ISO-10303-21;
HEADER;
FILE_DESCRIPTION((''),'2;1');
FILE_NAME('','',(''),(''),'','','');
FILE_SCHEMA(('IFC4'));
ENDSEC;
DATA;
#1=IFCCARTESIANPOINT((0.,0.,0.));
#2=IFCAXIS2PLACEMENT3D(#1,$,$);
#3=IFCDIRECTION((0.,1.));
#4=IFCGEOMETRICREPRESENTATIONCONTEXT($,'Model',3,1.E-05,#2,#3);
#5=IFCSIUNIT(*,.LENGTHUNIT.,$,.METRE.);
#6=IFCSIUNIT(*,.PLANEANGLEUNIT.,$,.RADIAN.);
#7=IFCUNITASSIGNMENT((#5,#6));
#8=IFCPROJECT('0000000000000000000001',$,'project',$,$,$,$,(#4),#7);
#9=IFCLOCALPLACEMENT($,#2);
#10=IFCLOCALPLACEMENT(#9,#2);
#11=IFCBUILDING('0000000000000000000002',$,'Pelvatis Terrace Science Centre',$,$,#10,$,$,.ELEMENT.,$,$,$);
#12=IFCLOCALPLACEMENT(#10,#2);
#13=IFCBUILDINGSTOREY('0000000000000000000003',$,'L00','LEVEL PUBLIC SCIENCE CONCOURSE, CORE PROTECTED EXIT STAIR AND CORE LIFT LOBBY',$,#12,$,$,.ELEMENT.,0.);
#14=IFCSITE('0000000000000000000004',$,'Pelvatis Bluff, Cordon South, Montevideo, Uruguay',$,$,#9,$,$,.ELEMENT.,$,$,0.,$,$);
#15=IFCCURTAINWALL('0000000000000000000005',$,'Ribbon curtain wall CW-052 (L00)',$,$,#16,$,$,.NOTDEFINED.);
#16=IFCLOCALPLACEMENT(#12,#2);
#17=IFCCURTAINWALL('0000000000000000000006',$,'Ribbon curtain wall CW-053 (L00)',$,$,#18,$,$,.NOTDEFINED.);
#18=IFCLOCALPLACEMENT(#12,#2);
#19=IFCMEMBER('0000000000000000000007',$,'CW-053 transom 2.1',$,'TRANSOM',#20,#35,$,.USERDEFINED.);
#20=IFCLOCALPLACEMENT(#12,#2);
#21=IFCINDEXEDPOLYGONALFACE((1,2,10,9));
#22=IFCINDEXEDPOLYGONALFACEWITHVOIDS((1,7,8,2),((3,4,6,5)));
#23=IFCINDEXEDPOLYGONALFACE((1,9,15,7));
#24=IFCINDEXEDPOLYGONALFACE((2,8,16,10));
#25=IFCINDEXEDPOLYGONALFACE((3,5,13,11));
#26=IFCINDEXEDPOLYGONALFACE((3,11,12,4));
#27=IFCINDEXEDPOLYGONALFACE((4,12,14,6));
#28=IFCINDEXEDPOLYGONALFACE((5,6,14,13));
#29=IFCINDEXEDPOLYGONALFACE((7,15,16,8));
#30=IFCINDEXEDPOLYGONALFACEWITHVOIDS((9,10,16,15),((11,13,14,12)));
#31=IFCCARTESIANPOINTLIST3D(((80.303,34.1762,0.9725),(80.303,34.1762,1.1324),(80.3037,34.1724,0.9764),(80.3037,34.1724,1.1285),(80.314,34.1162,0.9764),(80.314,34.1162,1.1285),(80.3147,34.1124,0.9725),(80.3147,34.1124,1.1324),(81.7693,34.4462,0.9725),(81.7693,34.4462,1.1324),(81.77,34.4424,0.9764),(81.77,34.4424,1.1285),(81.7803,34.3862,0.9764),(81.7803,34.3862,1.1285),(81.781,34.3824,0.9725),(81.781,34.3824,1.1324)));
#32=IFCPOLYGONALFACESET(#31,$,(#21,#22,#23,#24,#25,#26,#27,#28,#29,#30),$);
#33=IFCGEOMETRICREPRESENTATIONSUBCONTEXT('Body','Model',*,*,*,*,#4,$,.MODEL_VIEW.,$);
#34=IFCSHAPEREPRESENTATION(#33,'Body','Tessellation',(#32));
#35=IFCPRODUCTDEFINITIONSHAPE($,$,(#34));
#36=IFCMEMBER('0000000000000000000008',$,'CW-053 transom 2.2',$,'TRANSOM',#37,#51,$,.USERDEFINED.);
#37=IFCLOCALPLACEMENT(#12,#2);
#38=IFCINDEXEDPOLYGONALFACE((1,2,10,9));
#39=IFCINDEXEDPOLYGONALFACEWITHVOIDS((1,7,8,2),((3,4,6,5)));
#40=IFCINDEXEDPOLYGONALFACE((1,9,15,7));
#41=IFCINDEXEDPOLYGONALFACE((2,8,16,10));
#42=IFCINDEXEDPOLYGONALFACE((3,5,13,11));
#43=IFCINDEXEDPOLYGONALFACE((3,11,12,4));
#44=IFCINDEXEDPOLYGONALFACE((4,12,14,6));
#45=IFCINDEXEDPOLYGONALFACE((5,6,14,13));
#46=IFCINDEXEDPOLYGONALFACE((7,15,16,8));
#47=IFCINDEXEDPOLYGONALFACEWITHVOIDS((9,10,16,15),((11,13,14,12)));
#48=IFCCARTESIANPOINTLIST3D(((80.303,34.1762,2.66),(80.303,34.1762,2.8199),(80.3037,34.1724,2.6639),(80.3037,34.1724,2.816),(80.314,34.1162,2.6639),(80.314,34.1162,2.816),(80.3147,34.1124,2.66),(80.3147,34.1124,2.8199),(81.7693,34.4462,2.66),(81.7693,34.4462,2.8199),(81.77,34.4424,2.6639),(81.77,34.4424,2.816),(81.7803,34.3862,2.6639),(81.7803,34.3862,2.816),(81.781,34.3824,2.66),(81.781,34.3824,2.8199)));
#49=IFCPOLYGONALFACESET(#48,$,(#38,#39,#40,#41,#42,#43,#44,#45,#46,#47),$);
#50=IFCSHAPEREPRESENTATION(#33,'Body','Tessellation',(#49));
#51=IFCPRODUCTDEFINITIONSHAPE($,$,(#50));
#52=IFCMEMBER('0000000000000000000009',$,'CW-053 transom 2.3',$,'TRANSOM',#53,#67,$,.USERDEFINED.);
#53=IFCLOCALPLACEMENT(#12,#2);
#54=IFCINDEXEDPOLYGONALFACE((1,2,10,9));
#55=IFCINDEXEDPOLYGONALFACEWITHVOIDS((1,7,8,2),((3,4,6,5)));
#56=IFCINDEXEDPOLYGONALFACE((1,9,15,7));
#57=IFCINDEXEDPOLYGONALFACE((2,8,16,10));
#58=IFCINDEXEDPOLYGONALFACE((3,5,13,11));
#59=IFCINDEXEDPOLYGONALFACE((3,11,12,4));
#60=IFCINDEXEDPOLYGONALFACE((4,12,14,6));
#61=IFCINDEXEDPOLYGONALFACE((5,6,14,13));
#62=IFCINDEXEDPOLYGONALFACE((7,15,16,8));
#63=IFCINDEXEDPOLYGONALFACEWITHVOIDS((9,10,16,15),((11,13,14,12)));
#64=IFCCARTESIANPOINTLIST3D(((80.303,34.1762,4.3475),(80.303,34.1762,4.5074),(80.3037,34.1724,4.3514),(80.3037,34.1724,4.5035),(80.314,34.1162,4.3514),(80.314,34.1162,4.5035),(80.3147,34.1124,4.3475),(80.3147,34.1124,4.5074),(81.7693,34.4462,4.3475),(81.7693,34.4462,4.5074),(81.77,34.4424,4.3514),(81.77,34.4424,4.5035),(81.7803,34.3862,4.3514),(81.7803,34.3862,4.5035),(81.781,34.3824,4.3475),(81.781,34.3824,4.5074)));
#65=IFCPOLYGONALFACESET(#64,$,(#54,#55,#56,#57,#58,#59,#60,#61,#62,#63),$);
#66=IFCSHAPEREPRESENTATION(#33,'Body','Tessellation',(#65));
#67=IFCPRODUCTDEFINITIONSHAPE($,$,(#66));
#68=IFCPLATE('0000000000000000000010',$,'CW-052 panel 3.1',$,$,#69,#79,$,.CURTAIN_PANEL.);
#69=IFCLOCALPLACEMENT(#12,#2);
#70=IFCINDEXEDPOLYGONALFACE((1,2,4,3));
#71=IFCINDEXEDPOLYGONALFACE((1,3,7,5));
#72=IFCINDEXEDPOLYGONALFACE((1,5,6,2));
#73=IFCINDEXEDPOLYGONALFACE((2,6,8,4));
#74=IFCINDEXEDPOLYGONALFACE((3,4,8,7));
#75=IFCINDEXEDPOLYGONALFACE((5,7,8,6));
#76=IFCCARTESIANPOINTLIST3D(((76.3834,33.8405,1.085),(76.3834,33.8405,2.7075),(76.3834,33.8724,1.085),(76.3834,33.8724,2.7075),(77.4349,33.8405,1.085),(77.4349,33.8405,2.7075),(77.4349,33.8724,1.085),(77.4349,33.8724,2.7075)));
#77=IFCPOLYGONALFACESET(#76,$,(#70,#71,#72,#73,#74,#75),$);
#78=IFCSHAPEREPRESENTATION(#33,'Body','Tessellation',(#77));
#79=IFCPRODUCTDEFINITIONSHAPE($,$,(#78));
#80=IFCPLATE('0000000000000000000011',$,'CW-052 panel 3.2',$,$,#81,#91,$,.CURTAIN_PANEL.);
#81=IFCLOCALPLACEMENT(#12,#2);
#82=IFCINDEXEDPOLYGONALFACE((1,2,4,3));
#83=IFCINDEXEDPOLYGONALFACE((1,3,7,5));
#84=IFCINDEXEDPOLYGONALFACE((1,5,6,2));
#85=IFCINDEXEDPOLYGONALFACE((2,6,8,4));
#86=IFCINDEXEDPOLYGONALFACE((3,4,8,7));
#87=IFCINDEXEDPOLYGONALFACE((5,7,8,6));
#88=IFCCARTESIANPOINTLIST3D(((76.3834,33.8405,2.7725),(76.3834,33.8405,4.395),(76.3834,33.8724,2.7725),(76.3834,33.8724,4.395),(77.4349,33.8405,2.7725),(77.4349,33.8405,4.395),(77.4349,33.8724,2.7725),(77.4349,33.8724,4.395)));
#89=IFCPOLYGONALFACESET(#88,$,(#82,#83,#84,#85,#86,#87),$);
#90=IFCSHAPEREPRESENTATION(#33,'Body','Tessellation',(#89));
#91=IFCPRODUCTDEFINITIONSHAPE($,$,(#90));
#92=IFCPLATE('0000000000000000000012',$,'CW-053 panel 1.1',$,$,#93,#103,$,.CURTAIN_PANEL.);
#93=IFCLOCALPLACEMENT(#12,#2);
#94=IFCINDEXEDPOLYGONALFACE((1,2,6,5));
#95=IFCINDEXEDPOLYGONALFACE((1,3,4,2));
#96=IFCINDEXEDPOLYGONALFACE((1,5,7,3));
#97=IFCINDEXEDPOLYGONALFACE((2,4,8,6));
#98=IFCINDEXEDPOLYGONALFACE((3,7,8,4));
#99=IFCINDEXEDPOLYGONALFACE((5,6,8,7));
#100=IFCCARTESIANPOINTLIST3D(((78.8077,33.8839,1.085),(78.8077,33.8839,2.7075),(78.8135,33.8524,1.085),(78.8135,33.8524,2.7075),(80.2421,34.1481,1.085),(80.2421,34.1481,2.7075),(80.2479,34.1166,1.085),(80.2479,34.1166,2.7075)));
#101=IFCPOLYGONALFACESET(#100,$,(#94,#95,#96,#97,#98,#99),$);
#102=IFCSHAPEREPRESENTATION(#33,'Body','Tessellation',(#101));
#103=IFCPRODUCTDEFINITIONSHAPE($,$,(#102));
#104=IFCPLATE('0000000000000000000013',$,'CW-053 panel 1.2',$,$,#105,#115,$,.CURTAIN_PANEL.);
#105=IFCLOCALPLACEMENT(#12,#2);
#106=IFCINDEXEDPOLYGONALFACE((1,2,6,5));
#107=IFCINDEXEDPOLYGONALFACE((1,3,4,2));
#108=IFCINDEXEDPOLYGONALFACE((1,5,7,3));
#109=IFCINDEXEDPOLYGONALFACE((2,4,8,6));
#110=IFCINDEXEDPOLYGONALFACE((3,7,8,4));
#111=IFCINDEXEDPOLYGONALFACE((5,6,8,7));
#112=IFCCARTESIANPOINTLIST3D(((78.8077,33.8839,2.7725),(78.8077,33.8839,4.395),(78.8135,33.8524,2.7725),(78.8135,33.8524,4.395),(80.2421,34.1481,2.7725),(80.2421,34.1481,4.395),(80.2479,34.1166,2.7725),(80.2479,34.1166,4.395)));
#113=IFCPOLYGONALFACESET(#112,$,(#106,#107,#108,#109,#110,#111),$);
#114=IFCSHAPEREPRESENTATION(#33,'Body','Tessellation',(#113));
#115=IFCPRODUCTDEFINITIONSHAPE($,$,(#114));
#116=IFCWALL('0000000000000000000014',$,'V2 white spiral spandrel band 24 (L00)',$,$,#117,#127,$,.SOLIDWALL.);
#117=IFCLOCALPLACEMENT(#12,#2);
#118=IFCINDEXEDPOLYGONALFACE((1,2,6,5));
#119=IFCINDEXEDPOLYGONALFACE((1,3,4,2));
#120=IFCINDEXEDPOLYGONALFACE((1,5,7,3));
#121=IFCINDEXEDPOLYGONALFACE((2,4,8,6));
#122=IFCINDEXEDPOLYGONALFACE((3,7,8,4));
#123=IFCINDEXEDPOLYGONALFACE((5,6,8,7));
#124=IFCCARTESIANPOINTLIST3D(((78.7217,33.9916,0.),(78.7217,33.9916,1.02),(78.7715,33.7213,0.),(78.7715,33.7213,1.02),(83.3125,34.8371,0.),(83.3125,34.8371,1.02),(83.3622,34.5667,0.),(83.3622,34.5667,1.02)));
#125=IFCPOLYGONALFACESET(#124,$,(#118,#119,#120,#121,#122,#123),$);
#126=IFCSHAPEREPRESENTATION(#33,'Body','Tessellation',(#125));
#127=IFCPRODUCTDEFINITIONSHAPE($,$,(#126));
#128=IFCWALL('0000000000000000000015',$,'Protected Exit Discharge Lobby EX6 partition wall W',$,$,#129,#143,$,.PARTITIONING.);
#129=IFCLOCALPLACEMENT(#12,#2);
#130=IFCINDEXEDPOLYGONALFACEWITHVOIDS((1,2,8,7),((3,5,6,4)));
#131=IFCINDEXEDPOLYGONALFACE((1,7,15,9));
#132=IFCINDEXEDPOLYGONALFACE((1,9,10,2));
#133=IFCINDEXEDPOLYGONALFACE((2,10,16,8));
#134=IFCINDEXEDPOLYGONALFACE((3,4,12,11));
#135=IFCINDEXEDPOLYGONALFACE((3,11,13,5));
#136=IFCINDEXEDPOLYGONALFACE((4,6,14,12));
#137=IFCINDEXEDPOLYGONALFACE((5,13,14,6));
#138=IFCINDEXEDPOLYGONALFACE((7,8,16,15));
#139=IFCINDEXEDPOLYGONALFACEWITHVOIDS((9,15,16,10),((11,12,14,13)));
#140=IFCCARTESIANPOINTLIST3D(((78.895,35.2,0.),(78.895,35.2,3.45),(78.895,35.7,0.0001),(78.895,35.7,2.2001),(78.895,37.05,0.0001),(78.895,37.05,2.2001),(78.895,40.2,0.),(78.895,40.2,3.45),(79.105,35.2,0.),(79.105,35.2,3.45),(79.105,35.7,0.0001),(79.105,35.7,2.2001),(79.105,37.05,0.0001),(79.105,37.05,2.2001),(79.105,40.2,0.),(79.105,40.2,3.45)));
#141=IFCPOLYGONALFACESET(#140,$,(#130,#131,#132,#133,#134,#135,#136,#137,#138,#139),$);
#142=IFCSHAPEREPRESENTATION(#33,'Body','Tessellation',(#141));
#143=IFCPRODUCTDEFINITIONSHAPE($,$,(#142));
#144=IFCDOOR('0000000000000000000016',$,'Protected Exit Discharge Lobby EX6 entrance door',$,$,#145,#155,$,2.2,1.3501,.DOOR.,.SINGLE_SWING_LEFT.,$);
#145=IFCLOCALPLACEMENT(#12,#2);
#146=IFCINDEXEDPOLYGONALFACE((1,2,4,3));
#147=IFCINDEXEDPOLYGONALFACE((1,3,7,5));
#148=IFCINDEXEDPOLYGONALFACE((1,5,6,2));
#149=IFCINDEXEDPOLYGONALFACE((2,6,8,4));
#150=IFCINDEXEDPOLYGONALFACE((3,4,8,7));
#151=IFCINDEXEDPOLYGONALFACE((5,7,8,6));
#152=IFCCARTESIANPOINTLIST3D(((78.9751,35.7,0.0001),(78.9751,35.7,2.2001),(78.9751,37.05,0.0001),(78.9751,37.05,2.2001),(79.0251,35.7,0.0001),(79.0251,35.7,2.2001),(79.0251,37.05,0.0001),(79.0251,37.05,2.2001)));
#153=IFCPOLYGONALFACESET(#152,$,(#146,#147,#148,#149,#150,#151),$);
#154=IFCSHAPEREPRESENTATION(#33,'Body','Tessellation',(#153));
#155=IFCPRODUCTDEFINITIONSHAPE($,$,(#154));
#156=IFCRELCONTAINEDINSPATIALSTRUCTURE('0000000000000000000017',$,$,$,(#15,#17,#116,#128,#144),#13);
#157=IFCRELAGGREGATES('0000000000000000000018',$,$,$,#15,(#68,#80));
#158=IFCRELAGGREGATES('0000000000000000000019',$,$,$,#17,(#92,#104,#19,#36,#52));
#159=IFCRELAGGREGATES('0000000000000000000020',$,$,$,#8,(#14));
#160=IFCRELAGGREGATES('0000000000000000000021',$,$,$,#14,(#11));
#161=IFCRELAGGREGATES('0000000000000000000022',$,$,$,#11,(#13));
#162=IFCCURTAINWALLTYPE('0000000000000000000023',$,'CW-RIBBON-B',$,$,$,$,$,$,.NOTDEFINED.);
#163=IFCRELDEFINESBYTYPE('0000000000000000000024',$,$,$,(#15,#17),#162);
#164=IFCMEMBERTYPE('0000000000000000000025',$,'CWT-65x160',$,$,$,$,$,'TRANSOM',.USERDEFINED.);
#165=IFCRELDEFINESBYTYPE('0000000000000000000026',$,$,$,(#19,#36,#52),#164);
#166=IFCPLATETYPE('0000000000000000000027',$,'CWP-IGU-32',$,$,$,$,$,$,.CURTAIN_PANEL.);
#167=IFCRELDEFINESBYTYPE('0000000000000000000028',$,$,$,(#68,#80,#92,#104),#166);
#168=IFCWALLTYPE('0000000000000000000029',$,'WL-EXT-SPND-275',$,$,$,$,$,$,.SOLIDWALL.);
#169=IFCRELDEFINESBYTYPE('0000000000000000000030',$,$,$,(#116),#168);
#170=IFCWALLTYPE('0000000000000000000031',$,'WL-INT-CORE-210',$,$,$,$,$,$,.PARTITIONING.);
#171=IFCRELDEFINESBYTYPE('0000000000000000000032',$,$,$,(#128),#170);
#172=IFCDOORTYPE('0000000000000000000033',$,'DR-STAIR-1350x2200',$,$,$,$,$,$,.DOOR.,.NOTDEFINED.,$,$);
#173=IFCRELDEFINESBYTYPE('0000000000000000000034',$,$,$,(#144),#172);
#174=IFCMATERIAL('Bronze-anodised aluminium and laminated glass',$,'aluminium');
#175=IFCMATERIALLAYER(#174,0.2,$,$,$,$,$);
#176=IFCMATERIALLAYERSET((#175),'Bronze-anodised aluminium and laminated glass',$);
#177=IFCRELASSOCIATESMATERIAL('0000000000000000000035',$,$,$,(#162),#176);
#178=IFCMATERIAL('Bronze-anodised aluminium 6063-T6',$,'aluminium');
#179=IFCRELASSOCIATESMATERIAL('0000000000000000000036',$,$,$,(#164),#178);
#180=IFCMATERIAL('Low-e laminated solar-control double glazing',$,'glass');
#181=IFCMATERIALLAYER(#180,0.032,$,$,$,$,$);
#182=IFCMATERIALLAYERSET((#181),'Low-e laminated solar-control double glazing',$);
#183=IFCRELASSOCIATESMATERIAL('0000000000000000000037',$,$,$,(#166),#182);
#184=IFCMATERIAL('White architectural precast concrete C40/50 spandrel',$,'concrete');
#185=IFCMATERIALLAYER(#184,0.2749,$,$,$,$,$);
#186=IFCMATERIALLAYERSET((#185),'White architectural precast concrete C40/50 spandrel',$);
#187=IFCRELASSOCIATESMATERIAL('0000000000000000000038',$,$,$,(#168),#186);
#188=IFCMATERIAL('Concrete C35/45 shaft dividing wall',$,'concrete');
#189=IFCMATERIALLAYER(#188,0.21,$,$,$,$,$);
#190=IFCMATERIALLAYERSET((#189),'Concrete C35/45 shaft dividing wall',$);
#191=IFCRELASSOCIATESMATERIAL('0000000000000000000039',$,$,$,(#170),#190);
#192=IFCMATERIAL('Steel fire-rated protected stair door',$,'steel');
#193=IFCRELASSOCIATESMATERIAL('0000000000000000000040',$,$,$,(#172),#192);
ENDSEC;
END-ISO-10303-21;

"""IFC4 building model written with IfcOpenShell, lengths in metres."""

from ifc_helpers import new_model, si_unit, direction, frame, frame_2d, origin, origin_2d, place, context, subcontext, project, spatial, rectangle, hollow_rectangle, extrude, material, layer, layer_set, material_profile, profile_set, type_object, element, fill, aggregate, save


model = new_model("IFC4")

# Units and contexts
model_context = context("Model", 3, precision=1e-05, world=origin(), true_north=direction((0.0, 1.0)))
body_context = subcontext(model_context, "Body", "Model", "MODEL_VIEW")
ifc_project = project(units=[si_unit("LENGTHUNIT", "METRE"), si_unit("PLANEANGLEUNIT", "RADIAN")], contexts=[model_context])

# Site, building, storey
site_placement = place(None, origin())
site = spatial("IfcSite", under=ifc_project, at=site_placement, Name="Pelvatis Bluff, Cordon South, Montevideo, Uruguay", CompositionType="ELEMENT", RefElevation=0.0)
building_placement = place(site_placement, origin())
building = spatial("IfcBuilding", under=site, at=building_placement, Name="Pelvatis Terrace Science Centre", CompositionType="ELEMENT")
storey_placement = place(building_placement, origin())
storey = spatial("IfcBuildingStorey", under=building, at=storey_placement, Name="L00", Description="LEVEL PUBLIC SCIENCE CONCOURSE, CORE PROTECTED EXIT STAIR AND CORE LIFT LOBBY", CompositionType="ELEMENT", Elevation=0.0)

# Curtain wall
ifc_material_1 = material(Name="Bronze-anodised aluminium and laminated glass", Category="aluminium")
ifc_layer_1 = layer(ifc_material_1, 0.2)
ifc_layer_set_1 = layer_set([ifc_layer_1], Name="Bronze-anodised aluminium and laminated glass")
curtain_wall_type = type_object("IfcCurtainWallType", Name="CW-RIBBON-B", PredefinedType="NOTDEFINED", material=ifc_layer_set_1)
curtain_wall_1_placement = place(storey_placement, origin())
curtain_wall_1 = element("IfcCurtainWall", 1, at=curtain_wall_1_placement, inside=storey, type_object=curtain_wall_type, Name="Ribbon curtain wall CW-052 (L00)", PredefinedType="NOTDEFINED")

# Curtain wall
curtain_wall_2_placement = place(storey_placement, origin())
curtain_wall_2 = element("IfcCurtainWall", 2, at=curtain_wall_2_placement, inside=storey, type_object=curtain_wall_type, Name="Ribbon curtain wall CW-053 (L00)", PredefinedType="NOTDEFINED")

# Members
ifc_material_2 = material(Name="Bronze-anodised aluminium 6063-T6", Category="aluminium")
ifc_material_profile_1 = material_profile(ifc_material_2, hollow_rectangle(XDim=0.0649, YDim=0.1599, WallThickness=0.0039, at=origin_2d()), Name="ALU-TRN 65x160")
ifc_profile_set_1 = profile_set([ifc_material_profile_1], Name="Bronze-anodised aluminium 6063-T6")
member_type_1 = type_object("IfcMemberType", Name="CWT-65x160", ElementType="TRANSOM", PredefinedType="USERDEFINED", material=ifc_profile_set_1)
member_1_placement = place(storey_placement, frame((80.3088, 34.1443, 1.0525), z_axis=(0.983464, 0.181104, 0.0), x_axis=(-0.181104, 0.983464, 0.0)))
member_1 = element("IfcMember", 3, at=member_1_placement, type_object=member_type_1, Name="CW-053 transom 2.1", ObjectType="TRANSOM", PredefinedType="USERDEFINED", context=body_context, shape_type="SweptSolid", body=[
    extrude(hollow_rectangle(XDim=0.0649, YDim=0.1599, WallThickness=0.0039, at=origin_2d()), origin(), (0.0, 0.0, 1.0), 1.491),
])
member_2_placement = place(storey_placement, frame((80.3088, 34.1443, 2.74), z_axis=(0.983464, 0.181104, 0.0), x_axis=(-0.181104, 0.983464, 0.0)))
member_2 = element("IfcMember", 4, at=member_2_placement, type_object=member_type_1, Name="CW-053 transom 2.2", ObjectType="TRANSOM", PredefinedType="USERDEFINED", context=body_context, shape_type="SweptSolid", body=[
    extrude(hollow_rectangle(XDim=0.0649, YDim=0.1599, WallThickness=0.0039, at=origin_2d()), origin(), (0.0, 0.0, 1.0), 1.491),
])
member_3_placement = place(storey_placement, frame((80.3088, 34.1443, 4.4275), z_axis=(0.983464, 0.181104, 0.0), x_axis=(-0.181104, 0.983464, 0.0)))
member_3 = element("IfcMember", 5, at=member_3_placement, type_object=member_type_1, Name="CW-053 transom 2.3", ObjectType="TRANSOM", PredefinedType="USERDEFINED", context=body_context, shape_type="SweptSolid", body=[
    extrude(hollow_rectangle(XDim=0.0649, YDim=0.1599, WallThickness=0.0039, at=origin_2d()), origin(), (0.0, 0.0, 1.0), 1.491),
])

# Plates
ifc_material_3 = material(Name="Low-e laminated solar-control double glazing", Category="glass")
ifc_layer_2 = layer(ifc_material_3, 0.032)
ifc_layer_set_2 = layer_set([ifc_layer_2], Name="Low-e laminated solar-control double glazing")
plate_type = type_object("IfcPlateType", Name="CWP-IGU-32", PredefinedType="CURTAIN_PANEL", material=ifc_layer_set_2)
plate_1_placement = place(storey_placement, frame((76.9092, 33.8564, 1.085), z_axis=(0.0, 0.0, 1.0), x_axis=(1.0, 0.0, 0.0)))
plate_1 = element("IfcPlate", 6, at=plate_1_placement, type_object=plate_type, Name="CW-052 panel 3.1", PredefinedType="CURTAIN_PANEL", context=body_context, shape_type="SweptSolid", body=[
    extrude(rectangle(XDim=1.0515, YDim=0.032, at=origin_2d()), origin(), (0.0, 0.0, 1.0), 1.6226),
])
plate_2_placement = place(storey_placement, frame((76.9092, 33.8564, 2.7725), z_axis=(0.0, 0.0, 1.0), x_axis=(1.0, 0.0, 0.0)))
plate_2 = element("IfcPlate", 7, at=plate_2_placement, type_object=plate_type, Name="CW-052 panel 3.2", PredefinedType="CURTAIN_PANEL", context=body_context, shape_type="SweptSolid", body=[
    extrude(rectangle(XDim=1.0515, YDim=0.032, at=origin_2d()), origin(), (0.0, 0.0, 1.0), 1.6226),
])
aggregate(curtain_wall_1, [plate_1, plate_2])
plate_3_placement = place(storey_placement, frame((79.5278, 34.0002, 1.085), z_axis=(0.0, 0.0, 1.0), x_axis=(0.983459, 0.18113, 0.0)))
plate_3 = element("IfcPlate", 8, at=plate_3_placement, type_object=plate_type, Name="CW-053 panel 1.1", PredefinedType="CURTAIN_PANEL", context=body_context, shape_type="SweptSolid", body=[
    extrude(rectangle(XDim=1.4585, YDim=0.032, at=origin_2d()), origin(), (0.0, 0.0, 1.0), 1.6226),
])
plate_4_placement = place(storey_placement, frame((79.5278, 34.0002, 2.7725), z_axis=(0.0, 0.0, 1.0), x_axis=(0.983459, 0.18113, 0.0)))
plate_4 = element("IfcPlate", 9, at=plate_4_placement, type_object=plate_type, Name="CW-053 panel 1.2", PredefinedType="CURTAIN_PANEL", context=body_context, shape_type="SweptSolid", body=[
    extrude(rectangle(XDim=1.4585, YDim=0.032, at=origin_2d()), origin(), (0.0, 0.0, 1.0), 1.6226),
])
aggregate(curtain_wall_2, [plate_3, plate_4, member_1, member_2, member_3])

# Wall
ifc_material_4 = material(Name="White architectural precast concrete C40/50 spandrel", Category="concrete")
ifc_layer_3 = layer(ifc_material_4, 0.2749)
ifc_layer_set_3 = layer_set([ifc_layer_3], Name="White architectural precast concrete C40/50 spandrel")
wall_type_1 = type_object("IfcWallType", Name="WL-EXT-SPND-275", PredefinedType="SOLIDWALL", material=ifc_layer_set_3)
wall_1_placement = place(storey_placement, frame((78.7466, 33.8564, 0.0), z_axis=(0.0, 0.0, 1.0), x_axis=(0.983462, 0.181117, 0.0)))
element("IfcWall", 10, at=wall_1_placement, inside=storey, type_object=wall_type_1, Name="V2 white spiral spandrel band 24 (L00)", PredefinedType="SOLIDWALL", context=body_context, shape_type="SweptSolid", body=[
    extrude(rectangle(XDim=4.668, YDim=0.2749, at=frame_2d((2.334, 0.0))), origin(), (0.0, 0.0, 1.0), 1.02),
])

# Wall, opening, door
ifc_material_5 = material(Name="Concrete C35/45 shaft dividing wall", Category="concrete")
ifc_layer_4 = layer(ifc_material_5, 0.21)
ifc_layer_set_4 = layer_set([ifc_layer_4], Name="Concrete C35/45 shaft dividing wall")
wall_type_2 = type_object("IfcWallType", Name="WL-INT-CORE-210", PredefinedType="PARTITIONING", material=ifc_layer_set_4)
wall_2_placement = place(storey_placement, frame((79.0, 35.2, 0.0), z_axis=(0.0, 0.0, 1.0), x_axis=(0.0, 1.0, 0.0)))
wall_2 = element("IfcWall", 11, at=wall_2_placement, inside=storey, type_object=wall_type_2, Name="Protected Exit Discharge Lobby EX6 partition wall W", PredefinedType="PARTITIONING", context=body_context, shape_type="SweptSolid", body=[
    extrude(rectangle(XDim=5.0, YDim=0.21, at=frame_2d((2.5, 0.0))), origin(), (0.0, 0.0, 1.0), 3.45),
])
opening_1_placement = place(wall_2_placement, frame((0.5, 0.0, 0.0)))
opening_1 = element("IfcOpeningElement", 12, at=opening_1_placement, cuts=wall_2, PredefinedType="OPENING", context=body_context, shape_type="SweptSolid", body=[
    extrude(rectangle(XDim=1.3501, YDim=2.2, at=frame_2d((0.675, 1.1001))), frame((0.0, 0.115, 0.0), z_axis=(0.0, -1.0, 0.0), x_axis=(1.0, 0.0, 0.0)), (0.0, 0.0, 1.0), 0.23),
])
ifc_material_6 = material(Name="Steel fire-rated protected stair door", Category="steel")
door_type = type_object("IfcDoorType", Name="DR-STAIR-1350x2200", OperationType="NOTDEFINED", PredefinedType="DOOR", material=ifc_material_6)
door_1_placement = place(opening_1_placement, origin())
door_1 = element("IfcDoor", 13, at=door_1_placement, inside=storey, type_object=door_type, Name="Protected Exit Discharge Lobby EX6 entrance door", OperationType="SINGLE_SWING_LEFT", OverallHeight=2.2, OverallWidth=1.3501, PredefinedType="DOOR", context=body_context, shape_type="SweptSolid", body=[
    extrude(rectangle(XDim=1.3501, YDim=2.2, at=frame_2d((0.675, 1.1001))), frame((0.0, 0.0249, 0.0), z_axis=(0.0, -1.0, 0.0), x_axis=(1.0, 0.0, 0.0)), (0.0, 0.0, 1.0), 0.05),
])
fill(opening_1, door_1)

save(model, "model.ifc")
